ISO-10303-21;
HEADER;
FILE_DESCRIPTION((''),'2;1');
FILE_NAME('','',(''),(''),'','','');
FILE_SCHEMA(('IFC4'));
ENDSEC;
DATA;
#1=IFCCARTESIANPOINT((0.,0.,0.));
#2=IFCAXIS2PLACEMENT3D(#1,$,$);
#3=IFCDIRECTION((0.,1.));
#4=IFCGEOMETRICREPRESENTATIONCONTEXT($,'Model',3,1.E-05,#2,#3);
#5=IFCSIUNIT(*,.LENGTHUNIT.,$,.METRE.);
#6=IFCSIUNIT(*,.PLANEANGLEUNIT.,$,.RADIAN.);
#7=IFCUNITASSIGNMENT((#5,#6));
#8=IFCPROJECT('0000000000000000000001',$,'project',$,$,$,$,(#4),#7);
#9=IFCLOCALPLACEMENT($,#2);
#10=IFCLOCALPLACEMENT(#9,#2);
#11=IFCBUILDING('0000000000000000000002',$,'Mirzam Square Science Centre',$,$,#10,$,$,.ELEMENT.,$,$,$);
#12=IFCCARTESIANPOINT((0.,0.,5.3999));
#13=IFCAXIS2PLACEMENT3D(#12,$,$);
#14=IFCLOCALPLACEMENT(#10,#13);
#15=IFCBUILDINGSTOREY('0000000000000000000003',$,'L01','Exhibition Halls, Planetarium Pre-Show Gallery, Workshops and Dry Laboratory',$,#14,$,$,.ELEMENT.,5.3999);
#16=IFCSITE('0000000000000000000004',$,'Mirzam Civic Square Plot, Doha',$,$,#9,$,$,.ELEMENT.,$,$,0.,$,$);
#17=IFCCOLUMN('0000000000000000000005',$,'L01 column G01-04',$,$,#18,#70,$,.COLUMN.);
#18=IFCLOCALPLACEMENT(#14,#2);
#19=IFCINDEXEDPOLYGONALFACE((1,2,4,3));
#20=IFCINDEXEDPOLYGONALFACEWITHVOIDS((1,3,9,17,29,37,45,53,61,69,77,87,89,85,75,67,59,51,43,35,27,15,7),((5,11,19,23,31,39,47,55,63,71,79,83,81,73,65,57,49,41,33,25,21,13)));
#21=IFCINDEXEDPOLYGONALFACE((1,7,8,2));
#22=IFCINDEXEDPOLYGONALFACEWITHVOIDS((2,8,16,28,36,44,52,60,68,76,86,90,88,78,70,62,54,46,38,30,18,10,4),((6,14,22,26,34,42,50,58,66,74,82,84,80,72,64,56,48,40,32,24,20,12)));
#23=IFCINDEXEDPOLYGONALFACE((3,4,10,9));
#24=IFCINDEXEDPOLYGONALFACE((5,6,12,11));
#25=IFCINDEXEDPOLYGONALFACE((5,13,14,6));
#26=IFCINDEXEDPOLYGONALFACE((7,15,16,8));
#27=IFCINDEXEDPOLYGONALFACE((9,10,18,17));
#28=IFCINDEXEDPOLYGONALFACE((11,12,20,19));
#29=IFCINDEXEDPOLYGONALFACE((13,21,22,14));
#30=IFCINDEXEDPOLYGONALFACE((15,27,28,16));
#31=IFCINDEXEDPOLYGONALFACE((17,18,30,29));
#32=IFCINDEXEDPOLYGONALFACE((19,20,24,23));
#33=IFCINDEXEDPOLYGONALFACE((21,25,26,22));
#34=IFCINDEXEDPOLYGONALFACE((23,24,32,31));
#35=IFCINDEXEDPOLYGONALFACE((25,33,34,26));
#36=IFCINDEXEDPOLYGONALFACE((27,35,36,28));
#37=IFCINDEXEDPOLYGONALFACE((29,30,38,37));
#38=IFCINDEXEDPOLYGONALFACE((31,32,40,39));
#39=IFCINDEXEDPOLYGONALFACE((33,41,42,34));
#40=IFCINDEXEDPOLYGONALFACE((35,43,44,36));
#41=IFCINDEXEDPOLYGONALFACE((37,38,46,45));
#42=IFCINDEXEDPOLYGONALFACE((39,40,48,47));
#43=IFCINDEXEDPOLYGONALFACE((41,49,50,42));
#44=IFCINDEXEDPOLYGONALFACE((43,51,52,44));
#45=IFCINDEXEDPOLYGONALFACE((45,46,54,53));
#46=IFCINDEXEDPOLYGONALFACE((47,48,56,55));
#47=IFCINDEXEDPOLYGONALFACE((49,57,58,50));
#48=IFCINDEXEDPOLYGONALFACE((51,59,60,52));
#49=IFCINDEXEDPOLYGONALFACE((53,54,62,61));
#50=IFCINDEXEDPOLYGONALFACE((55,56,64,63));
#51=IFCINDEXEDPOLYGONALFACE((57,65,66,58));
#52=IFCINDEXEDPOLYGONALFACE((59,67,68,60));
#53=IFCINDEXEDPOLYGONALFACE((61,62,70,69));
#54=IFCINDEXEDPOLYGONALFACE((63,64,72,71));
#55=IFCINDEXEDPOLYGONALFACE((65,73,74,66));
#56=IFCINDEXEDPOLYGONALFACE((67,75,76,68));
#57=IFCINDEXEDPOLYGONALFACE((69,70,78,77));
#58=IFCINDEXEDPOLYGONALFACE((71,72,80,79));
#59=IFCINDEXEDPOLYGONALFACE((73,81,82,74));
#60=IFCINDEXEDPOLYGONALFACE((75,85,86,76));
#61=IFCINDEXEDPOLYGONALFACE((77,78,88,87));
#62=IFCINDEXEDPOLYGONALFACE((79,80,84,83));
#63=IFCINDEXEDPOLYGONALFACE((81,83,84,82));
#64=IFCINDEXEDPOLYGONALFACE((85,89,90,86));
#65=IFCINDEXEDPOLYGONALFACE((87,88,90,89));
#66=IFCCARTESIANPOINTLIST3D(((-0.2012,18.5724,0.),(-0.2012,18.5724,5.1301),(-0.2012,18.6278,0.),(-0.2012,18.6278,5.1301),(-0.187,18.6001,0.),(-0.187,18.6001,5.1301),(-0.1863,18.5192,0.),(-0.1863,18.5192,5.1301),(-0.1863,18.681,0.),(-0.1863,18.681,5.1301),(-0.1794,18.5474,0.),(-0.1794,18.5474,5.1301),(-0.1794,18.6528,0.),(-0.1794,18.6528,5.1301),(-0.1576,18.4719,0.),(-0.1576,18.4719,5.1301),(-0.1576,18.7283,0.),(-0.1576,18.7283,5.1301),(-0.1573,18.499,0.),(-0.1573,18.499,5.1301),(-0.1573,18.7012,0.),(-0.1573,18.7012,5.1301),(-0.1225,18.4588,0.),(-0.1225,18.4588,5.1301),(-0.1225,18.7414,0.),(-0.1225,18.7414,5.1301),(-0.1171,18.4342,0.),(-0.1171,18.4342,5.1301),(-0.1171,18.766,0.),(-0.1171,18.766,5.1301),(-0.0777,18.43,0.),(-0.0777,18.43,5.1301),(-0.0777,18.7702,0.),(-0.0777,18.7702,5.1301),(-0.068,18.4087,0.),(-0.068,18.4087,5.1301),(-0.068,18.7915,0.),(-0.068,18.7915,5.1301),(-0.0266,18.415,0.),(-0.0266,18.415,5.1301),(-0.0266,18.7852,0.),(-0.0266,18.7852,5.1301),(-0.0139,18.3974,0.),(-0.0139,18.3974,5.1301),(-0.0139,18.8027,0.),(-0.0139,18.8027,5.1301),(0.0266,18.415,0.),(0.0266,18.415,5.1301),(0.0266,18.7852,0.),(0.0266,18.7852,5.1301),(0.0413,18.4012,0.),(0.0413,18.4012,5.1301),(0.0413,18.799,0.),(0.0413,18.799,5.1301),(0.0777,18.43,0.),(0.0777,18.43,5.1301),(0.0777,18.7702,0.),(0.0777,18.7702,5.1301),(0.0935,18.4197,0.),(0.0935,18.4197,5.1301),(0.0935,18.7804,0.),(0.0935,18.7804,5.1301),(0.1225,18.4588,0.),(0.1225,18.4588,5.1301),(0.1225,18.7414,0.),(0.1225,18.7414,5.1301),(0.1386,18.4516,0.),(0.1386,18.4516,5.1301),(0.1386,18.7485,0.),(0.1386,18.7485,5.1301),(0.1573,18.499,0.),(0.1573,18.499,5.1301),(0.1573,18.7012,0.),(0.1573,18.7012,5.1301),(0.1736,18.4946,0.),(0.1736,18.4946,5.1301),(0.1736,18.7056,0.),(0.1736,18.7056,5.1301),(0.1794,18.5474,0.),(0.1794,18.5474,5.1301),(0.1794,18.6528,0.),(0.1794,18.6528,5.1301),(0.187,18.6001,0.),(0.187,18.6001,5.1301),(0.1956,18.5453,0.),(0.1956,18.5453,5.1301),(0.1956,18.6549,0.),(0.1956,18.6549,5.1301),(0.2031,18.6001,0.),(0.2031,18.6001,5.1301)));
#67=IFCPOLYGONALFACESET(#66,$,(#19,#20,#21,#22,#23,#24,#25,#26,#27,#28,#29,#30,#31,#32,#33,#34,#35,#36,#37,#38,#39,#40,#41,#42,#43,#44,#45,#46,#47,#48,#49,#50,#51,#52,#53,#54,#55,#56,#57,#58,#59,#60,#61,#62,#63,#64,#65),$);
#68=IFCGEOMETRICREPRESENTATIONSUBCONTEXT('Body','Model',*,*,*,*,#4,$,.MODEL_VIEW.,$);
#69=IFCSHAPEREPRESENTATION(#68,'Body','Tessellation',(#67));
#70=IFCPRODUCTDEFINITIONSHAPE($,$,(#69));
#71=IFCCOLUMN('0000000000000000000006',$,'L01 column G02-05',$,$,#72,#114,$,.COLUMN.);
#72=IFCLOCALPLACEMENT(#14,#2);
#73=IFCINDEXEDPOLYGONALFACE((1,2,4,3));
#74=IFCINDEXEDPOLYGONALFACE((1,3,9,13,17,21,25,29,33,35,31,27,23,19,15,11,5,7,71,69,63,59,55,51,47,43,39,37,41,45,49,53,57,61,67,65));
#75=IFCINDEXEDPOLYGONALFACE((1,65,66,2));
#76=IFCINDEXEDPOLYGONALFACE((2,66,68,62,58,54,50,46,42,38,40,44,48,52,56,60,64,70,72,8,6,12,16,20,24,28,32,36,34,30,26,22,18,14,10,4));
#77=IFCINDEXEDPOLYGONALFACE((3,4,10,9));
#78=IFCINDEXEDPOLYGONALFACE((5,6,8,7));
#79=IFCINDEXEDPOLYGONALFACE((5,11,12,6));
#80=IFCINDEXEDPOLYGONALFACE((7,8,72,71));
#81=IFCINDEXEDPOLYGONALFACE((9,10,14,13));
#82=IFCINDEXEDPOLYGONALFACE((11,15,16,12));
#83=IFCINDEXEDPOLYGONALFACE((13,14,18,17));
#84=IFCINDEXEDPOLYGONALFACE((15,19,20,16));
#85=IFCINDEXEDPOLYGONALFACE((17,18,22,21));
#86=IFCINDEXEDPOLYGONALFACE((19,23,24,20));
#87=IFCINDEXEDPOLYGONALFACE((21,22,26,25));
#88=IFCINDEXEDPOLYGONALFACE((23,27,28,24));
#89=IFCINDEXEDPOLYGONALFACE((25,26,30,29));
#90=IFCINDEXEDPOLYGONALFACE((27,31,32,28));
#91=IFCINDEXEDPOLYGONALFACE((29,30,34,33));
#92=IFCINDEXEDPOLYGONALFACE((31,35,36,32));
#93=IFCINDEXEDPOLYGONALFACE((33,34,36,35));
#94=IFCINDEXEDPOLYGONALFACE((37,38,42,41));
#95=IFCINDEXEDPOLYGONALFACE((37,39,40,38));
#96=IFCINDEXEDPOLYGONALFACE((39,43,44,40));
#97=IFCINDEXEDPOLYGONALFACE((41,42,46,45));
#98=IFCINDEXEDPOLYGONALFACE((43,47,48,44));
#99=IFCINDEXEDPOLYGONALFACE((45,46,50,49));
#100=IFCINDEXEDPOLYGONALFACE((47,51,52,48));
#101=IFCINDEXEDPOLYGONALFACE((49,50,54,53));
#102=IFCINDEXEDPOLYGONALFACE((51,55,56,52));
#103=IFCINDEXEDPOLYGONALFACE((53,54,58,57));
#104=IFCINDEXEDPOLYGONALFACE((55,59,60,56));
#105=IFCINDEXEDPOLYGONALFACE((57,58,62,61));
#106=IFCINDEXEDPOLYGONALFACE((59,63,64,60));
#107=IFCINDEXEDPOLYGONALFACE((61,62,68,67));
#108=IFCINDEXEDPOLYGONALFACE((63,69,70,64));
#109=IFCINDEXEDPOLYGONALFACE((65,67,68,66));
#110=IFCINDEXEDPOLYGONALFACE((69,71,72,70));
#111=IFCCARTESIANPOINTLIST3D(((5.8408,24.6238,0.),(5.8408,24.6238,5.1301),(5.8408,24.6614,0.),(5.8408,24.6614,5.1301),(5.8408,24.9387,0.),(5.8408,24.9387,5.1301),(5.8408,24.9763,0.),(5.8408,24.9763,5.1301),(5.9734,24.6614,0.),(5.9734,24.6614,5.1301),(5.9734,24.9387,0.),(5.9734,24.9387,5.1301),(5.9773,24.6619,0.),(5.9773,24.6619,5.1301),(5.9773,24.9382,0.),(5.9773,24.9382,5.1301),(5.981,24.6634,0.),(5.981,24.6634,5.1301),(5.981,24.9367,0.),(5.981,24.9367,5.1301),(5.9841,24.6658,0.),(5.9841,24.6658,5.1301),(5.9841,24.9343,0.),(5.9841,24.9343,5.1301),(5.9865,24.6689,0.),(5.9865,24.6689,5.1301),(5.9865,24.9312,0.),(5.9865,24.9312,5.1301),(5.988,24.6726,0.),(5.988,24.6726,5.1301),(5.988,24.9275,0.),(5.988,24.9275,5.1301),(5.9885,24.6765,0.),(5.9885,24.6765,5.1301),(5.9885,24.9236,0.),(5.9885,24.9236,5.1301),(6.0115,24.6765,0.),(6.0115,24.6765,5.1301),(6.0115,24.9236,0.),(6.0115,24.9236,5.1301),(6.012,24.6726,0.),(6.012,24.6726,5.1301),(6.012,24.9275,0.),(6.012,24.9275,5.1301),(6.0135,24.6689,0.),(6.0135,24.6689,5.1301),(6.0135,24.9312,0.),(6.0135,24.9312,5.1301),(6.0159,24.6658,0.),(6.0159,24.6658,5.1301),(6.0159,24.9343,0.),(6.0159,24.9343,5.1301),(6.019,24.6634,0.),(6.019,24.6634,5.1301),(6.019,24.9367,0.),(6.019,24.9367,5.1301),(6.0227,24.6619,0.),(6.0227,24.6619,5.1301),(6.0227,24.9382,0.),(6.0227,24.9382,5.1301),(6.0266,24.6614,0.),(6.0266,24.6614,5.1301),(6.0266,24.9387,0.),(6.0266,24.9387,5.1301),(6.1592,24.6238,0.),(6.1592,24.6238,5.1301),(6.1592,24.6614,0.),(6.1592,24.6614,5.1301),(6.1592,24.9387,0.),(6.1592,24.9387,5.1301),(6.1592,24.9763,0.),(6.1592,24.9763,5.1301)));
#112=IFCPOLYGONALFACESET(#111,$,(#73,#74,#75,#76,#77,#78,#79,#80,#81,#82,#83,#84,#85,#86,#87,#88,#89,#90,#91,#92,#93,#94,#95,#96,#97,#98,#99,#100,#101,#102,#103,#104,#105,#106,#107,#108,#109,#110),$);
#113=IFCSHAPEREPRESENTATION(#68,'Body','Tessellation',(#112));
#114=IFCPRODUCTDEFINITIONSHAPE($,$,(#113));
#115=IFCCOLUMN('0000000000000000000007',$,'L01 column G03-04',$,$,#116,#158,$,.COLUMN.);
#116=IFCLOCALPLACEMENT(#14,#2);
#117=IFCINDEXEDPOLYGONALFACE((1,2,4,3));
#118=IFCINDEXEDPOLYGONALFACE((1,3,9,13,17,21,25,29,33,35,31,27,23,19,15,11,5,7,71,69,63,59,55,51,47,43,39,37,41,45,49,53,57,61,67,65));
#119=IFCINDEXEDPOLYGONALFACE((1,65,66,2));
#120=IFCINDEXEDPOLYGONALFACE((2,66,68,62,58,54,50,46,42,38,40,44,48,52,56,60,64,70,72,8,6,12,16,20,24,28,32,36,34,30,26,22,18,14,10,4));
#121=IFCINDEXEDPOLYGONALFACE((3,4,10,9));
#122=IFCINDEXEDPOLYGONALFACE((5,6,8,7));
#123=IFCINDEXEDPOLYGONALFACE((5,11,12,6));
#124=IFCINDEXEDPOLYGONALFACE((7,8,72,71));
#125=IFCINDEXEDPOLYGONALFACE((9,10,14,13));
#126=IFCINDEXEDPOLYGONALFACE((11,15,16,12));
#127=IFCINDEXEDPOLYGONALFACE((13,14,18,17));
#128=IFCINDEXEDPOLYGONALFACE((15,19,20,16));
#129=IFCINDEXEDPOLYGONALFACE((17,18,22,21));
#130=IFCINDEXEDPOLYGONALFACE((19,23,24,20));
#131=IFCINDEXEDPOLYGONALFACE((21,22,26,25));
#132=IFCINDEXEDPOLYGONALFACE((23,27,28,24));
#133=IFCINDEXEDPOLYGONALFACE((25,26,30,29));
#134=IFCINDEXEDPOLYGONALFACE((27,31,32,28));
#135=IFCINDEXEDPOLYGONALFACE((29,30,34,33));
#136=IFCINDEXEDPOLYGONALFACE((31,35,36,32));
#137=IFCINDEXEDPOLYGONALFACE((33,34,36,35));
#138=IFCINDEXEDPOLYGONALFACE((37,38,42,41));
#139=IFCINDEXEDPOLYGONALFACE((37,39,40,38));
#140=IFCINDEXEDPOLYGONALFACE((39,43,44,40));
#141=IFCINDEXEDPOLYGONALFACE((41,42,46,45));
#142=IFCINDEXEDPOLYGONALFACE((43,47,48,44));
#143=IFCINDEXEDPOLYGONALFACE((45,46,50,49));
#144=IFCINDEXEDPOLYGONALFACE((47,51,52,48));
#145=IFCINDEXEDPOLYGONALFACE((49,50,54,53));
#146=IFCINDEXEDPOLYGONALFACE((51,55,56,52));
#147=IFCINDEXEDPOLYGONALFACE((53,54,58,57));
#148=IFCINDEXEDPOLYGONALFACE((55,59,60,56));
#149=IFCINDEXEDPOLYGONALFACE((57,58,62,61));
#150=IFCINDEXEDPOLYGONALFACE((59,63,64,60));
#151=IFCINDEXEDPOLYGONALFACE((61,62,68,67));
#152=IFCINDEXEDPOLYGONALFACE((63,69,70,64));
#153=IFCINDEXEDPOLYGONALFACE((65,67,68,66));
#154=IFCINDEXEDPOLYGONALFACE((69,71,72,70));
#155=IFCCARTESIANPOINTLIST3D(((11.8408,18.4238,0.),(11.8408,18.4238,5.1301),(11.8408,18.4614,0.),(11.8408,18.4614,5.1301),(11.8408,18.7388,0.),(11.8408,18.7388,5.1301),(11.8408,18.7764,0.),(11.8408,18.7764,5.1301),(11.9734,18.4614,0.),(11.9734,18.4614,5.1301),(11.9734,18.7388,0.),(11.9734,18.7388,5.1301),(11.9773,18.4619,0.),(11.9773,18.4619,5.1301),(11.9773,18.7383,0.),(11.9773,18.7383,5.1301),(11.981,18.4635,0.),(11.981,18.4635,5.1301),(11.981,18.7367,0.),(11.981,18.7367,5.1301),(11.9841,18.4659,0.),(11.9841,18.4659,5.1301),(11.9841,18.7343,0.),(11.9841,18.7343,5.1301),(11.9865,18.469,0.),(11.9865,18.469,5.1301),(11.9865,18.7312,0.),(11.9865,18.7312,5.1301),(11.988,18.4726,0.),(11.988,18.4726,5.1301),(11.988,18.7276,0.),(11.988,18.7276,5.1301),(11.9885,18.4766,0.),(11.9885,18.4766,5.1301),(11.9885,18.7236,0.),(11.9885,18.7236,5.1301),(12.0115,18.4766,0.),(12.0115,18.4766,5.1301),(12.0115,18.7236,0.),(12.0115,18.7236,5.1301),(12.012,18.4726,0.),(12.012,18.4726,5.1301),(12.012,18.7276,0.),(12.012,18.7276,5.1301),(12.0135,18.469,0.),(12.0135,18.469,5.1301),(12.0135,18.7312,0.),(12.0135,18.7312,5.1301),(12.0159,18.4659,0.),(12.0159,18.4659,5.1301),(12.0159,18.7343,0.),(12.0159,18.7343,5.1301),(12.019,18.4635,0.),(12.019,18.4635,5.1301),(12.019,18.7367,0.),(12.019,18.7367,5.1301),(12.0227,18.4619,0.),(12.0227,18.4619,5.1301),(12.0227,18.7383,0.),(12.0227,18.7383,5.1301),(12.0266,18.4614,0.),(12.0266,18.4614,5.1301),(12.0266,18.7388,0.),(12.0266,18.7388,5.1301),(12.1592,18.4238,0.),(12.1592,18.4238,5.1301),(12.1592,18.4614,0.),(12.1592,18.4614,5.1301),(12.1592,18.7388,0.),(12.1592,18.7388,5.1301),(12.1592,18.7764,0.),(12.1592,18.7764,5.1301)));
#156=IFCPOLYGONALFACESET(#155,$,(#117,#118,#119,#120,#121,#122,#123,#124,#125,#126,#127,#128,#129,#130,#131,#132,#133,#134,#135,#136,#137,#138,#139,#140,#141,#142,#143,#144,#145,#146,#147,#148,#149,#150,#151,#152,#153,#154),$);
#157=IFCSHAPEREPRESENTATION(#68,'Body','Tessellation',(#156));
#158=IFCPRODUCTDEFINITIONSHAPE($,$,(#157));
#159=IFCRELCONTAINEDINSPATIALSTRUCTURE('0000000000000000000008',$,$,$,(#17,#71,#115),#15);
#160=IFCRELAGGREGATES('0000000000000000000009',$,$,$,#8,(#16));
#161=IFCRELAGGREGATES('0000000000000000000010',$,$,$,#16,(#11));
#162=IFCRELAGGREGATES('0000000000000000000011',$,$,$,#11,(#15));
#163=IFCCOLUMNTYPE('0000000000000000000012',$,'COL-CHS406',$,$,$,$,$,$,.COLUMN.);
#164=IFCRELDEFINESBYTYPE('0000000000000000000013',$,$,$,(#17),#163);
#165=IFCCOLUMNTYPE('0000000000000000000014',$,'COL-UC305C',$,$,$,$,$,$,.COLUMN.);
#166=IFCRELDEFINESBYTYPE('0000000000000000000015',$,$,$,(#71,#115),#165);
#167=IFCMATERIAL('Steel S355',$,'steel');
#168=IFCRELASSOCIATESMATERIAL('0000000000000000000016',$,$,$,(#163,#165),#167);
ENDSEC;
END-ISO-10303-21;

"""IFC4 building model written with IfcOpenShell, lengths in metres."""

from ifc_helpers import new_model, si_unit, direction, frame, origin, origin_2d, place, context, subcontext, project, spatial, hollow_circle, i_section, extrude, material, material_profile, profile_set, type_object, element, save


model = new_model("IFC4")

# Units and contexts
model_context = context("Model", 3, precision=1e-05, world=origin(), true_north=direction((0.0, 1.0)))
body_context = subcontext(model_context, "Body", "Model", "MODEL_VIEW")
ifc_project = project(units=[si_unit("LENGTHUNIT", "METRE"), si_unit("PLANEANGLEUNIT", "RADIAN")], contexts=[model_context])

# Site, building, storey
site_placement = place(None, origin())
site = spatial("IfcSite", under=ifc_project, at=site_placement, Name="Mirzam Civic Square Plot, Doha", CompositionType="ELEMENT", RefElevation=0.0)
building_placement = place(site_placement, origin())
building = spatial("IfcBuilding", under=site, at=building_placement, Name="Mirzam Square Science Centre", CompositionType="ELEMENT")
storey_placement = place(building_placement, frame((0.0, 0.0, 5.3999)))
storey = spatial("IfcBuildingStorey", under=building, at=storey_placement, Name="L01", Description="Exhibition Halls, Planetarium Pre-Show Gallery, Workshops and Dry Laboratory", CompositionType="ELEMENT", Elevation=5.3999)

# Columns
ifc_material_1 = material(Name="Steel S355", Category="steel")
ifc_material_profile_1 = material_profile(ifc_material_1, hollow_circle(Radius=0.2031, WallThickness=0.0161, at=origin_2d()), Name="406.4x16.0CHS")
ifc_profile_set_1 = profile_set([ifc_material_profile_1], Name="Steel S355")
column_type_1 = type_object("IfcColumnType", Name="COL-CHS406", PredefinedType="COLUMN", material=ifc_profile_set_1)
column_placement = place(storey_placement, frame((0.0, 18.6001, 0.0), z_axis=(0.0, 0.0, 1.0), x_axis=(1.0, 0.0, 0.0)))
element("IfcColumn", 1, at=column_placement, inside=storey, type_object=column_type_1, Name="L01 column G01-04", PredefinedType="COLUMN", context=body_context, shape_type="SweptSolid", body=[
    extrude(hollow_circle(Radius=0.2031, WallThickness=0.0161, at=origin_2d()), origin(), (0.0, 0.0, 1.0), 5.1301),
])
ifc_material_profile_2 = material_profile(ifc_material_1, i_section(OverallWidth=0.3184, OverallDepth=0.3525, WebThickness=0.0229, FlangeThickness=0.0376, FilletRadius=0.0151, at=origin_2d()), Name="305x305x240UC")
ifc_profile_set_2 = profile_set([ifc_material_profile_2], Name="Steel S355")
column_type_2 = type_object("IfcColumnType", Name="COL-UC305C", PredefinedType="COLUMN", material=ifc_profile_set_2)
for number, where, z_axis, x_axis, name in (
    (2, (6.0, 24.8, 0.0), (0.0, 0.0, 1.0), (1.0, 0.0, 0.0), "L01 column G02-05"),
    (3, (12.0, 18.6001, 0.0), (0.0, 0.0, 1.0), (1.0, 0.0, 0.0), "L01 column G03-04"),
):
    element("IfcColumn", number, at=place(storey_placement, frame(where, z_axis=z_axis, x_axis=x_axis)), inside=storey, type_object=column_type_2, Name=name, PredefinedType="COLUMN", context=body_context, shape_type="SweptSolid", body=[
        extrude(i_section(OverallWidth=0.3184, OverallDepth=0.3525, WebThickness=0.0229, FlangeThickness=0.0376, FilletRadius=0.0151, at=origin_2d()), origin(), (0.0, 0.0, 1.0), 5.1301),
    ])

save(model, "model.ifc")
